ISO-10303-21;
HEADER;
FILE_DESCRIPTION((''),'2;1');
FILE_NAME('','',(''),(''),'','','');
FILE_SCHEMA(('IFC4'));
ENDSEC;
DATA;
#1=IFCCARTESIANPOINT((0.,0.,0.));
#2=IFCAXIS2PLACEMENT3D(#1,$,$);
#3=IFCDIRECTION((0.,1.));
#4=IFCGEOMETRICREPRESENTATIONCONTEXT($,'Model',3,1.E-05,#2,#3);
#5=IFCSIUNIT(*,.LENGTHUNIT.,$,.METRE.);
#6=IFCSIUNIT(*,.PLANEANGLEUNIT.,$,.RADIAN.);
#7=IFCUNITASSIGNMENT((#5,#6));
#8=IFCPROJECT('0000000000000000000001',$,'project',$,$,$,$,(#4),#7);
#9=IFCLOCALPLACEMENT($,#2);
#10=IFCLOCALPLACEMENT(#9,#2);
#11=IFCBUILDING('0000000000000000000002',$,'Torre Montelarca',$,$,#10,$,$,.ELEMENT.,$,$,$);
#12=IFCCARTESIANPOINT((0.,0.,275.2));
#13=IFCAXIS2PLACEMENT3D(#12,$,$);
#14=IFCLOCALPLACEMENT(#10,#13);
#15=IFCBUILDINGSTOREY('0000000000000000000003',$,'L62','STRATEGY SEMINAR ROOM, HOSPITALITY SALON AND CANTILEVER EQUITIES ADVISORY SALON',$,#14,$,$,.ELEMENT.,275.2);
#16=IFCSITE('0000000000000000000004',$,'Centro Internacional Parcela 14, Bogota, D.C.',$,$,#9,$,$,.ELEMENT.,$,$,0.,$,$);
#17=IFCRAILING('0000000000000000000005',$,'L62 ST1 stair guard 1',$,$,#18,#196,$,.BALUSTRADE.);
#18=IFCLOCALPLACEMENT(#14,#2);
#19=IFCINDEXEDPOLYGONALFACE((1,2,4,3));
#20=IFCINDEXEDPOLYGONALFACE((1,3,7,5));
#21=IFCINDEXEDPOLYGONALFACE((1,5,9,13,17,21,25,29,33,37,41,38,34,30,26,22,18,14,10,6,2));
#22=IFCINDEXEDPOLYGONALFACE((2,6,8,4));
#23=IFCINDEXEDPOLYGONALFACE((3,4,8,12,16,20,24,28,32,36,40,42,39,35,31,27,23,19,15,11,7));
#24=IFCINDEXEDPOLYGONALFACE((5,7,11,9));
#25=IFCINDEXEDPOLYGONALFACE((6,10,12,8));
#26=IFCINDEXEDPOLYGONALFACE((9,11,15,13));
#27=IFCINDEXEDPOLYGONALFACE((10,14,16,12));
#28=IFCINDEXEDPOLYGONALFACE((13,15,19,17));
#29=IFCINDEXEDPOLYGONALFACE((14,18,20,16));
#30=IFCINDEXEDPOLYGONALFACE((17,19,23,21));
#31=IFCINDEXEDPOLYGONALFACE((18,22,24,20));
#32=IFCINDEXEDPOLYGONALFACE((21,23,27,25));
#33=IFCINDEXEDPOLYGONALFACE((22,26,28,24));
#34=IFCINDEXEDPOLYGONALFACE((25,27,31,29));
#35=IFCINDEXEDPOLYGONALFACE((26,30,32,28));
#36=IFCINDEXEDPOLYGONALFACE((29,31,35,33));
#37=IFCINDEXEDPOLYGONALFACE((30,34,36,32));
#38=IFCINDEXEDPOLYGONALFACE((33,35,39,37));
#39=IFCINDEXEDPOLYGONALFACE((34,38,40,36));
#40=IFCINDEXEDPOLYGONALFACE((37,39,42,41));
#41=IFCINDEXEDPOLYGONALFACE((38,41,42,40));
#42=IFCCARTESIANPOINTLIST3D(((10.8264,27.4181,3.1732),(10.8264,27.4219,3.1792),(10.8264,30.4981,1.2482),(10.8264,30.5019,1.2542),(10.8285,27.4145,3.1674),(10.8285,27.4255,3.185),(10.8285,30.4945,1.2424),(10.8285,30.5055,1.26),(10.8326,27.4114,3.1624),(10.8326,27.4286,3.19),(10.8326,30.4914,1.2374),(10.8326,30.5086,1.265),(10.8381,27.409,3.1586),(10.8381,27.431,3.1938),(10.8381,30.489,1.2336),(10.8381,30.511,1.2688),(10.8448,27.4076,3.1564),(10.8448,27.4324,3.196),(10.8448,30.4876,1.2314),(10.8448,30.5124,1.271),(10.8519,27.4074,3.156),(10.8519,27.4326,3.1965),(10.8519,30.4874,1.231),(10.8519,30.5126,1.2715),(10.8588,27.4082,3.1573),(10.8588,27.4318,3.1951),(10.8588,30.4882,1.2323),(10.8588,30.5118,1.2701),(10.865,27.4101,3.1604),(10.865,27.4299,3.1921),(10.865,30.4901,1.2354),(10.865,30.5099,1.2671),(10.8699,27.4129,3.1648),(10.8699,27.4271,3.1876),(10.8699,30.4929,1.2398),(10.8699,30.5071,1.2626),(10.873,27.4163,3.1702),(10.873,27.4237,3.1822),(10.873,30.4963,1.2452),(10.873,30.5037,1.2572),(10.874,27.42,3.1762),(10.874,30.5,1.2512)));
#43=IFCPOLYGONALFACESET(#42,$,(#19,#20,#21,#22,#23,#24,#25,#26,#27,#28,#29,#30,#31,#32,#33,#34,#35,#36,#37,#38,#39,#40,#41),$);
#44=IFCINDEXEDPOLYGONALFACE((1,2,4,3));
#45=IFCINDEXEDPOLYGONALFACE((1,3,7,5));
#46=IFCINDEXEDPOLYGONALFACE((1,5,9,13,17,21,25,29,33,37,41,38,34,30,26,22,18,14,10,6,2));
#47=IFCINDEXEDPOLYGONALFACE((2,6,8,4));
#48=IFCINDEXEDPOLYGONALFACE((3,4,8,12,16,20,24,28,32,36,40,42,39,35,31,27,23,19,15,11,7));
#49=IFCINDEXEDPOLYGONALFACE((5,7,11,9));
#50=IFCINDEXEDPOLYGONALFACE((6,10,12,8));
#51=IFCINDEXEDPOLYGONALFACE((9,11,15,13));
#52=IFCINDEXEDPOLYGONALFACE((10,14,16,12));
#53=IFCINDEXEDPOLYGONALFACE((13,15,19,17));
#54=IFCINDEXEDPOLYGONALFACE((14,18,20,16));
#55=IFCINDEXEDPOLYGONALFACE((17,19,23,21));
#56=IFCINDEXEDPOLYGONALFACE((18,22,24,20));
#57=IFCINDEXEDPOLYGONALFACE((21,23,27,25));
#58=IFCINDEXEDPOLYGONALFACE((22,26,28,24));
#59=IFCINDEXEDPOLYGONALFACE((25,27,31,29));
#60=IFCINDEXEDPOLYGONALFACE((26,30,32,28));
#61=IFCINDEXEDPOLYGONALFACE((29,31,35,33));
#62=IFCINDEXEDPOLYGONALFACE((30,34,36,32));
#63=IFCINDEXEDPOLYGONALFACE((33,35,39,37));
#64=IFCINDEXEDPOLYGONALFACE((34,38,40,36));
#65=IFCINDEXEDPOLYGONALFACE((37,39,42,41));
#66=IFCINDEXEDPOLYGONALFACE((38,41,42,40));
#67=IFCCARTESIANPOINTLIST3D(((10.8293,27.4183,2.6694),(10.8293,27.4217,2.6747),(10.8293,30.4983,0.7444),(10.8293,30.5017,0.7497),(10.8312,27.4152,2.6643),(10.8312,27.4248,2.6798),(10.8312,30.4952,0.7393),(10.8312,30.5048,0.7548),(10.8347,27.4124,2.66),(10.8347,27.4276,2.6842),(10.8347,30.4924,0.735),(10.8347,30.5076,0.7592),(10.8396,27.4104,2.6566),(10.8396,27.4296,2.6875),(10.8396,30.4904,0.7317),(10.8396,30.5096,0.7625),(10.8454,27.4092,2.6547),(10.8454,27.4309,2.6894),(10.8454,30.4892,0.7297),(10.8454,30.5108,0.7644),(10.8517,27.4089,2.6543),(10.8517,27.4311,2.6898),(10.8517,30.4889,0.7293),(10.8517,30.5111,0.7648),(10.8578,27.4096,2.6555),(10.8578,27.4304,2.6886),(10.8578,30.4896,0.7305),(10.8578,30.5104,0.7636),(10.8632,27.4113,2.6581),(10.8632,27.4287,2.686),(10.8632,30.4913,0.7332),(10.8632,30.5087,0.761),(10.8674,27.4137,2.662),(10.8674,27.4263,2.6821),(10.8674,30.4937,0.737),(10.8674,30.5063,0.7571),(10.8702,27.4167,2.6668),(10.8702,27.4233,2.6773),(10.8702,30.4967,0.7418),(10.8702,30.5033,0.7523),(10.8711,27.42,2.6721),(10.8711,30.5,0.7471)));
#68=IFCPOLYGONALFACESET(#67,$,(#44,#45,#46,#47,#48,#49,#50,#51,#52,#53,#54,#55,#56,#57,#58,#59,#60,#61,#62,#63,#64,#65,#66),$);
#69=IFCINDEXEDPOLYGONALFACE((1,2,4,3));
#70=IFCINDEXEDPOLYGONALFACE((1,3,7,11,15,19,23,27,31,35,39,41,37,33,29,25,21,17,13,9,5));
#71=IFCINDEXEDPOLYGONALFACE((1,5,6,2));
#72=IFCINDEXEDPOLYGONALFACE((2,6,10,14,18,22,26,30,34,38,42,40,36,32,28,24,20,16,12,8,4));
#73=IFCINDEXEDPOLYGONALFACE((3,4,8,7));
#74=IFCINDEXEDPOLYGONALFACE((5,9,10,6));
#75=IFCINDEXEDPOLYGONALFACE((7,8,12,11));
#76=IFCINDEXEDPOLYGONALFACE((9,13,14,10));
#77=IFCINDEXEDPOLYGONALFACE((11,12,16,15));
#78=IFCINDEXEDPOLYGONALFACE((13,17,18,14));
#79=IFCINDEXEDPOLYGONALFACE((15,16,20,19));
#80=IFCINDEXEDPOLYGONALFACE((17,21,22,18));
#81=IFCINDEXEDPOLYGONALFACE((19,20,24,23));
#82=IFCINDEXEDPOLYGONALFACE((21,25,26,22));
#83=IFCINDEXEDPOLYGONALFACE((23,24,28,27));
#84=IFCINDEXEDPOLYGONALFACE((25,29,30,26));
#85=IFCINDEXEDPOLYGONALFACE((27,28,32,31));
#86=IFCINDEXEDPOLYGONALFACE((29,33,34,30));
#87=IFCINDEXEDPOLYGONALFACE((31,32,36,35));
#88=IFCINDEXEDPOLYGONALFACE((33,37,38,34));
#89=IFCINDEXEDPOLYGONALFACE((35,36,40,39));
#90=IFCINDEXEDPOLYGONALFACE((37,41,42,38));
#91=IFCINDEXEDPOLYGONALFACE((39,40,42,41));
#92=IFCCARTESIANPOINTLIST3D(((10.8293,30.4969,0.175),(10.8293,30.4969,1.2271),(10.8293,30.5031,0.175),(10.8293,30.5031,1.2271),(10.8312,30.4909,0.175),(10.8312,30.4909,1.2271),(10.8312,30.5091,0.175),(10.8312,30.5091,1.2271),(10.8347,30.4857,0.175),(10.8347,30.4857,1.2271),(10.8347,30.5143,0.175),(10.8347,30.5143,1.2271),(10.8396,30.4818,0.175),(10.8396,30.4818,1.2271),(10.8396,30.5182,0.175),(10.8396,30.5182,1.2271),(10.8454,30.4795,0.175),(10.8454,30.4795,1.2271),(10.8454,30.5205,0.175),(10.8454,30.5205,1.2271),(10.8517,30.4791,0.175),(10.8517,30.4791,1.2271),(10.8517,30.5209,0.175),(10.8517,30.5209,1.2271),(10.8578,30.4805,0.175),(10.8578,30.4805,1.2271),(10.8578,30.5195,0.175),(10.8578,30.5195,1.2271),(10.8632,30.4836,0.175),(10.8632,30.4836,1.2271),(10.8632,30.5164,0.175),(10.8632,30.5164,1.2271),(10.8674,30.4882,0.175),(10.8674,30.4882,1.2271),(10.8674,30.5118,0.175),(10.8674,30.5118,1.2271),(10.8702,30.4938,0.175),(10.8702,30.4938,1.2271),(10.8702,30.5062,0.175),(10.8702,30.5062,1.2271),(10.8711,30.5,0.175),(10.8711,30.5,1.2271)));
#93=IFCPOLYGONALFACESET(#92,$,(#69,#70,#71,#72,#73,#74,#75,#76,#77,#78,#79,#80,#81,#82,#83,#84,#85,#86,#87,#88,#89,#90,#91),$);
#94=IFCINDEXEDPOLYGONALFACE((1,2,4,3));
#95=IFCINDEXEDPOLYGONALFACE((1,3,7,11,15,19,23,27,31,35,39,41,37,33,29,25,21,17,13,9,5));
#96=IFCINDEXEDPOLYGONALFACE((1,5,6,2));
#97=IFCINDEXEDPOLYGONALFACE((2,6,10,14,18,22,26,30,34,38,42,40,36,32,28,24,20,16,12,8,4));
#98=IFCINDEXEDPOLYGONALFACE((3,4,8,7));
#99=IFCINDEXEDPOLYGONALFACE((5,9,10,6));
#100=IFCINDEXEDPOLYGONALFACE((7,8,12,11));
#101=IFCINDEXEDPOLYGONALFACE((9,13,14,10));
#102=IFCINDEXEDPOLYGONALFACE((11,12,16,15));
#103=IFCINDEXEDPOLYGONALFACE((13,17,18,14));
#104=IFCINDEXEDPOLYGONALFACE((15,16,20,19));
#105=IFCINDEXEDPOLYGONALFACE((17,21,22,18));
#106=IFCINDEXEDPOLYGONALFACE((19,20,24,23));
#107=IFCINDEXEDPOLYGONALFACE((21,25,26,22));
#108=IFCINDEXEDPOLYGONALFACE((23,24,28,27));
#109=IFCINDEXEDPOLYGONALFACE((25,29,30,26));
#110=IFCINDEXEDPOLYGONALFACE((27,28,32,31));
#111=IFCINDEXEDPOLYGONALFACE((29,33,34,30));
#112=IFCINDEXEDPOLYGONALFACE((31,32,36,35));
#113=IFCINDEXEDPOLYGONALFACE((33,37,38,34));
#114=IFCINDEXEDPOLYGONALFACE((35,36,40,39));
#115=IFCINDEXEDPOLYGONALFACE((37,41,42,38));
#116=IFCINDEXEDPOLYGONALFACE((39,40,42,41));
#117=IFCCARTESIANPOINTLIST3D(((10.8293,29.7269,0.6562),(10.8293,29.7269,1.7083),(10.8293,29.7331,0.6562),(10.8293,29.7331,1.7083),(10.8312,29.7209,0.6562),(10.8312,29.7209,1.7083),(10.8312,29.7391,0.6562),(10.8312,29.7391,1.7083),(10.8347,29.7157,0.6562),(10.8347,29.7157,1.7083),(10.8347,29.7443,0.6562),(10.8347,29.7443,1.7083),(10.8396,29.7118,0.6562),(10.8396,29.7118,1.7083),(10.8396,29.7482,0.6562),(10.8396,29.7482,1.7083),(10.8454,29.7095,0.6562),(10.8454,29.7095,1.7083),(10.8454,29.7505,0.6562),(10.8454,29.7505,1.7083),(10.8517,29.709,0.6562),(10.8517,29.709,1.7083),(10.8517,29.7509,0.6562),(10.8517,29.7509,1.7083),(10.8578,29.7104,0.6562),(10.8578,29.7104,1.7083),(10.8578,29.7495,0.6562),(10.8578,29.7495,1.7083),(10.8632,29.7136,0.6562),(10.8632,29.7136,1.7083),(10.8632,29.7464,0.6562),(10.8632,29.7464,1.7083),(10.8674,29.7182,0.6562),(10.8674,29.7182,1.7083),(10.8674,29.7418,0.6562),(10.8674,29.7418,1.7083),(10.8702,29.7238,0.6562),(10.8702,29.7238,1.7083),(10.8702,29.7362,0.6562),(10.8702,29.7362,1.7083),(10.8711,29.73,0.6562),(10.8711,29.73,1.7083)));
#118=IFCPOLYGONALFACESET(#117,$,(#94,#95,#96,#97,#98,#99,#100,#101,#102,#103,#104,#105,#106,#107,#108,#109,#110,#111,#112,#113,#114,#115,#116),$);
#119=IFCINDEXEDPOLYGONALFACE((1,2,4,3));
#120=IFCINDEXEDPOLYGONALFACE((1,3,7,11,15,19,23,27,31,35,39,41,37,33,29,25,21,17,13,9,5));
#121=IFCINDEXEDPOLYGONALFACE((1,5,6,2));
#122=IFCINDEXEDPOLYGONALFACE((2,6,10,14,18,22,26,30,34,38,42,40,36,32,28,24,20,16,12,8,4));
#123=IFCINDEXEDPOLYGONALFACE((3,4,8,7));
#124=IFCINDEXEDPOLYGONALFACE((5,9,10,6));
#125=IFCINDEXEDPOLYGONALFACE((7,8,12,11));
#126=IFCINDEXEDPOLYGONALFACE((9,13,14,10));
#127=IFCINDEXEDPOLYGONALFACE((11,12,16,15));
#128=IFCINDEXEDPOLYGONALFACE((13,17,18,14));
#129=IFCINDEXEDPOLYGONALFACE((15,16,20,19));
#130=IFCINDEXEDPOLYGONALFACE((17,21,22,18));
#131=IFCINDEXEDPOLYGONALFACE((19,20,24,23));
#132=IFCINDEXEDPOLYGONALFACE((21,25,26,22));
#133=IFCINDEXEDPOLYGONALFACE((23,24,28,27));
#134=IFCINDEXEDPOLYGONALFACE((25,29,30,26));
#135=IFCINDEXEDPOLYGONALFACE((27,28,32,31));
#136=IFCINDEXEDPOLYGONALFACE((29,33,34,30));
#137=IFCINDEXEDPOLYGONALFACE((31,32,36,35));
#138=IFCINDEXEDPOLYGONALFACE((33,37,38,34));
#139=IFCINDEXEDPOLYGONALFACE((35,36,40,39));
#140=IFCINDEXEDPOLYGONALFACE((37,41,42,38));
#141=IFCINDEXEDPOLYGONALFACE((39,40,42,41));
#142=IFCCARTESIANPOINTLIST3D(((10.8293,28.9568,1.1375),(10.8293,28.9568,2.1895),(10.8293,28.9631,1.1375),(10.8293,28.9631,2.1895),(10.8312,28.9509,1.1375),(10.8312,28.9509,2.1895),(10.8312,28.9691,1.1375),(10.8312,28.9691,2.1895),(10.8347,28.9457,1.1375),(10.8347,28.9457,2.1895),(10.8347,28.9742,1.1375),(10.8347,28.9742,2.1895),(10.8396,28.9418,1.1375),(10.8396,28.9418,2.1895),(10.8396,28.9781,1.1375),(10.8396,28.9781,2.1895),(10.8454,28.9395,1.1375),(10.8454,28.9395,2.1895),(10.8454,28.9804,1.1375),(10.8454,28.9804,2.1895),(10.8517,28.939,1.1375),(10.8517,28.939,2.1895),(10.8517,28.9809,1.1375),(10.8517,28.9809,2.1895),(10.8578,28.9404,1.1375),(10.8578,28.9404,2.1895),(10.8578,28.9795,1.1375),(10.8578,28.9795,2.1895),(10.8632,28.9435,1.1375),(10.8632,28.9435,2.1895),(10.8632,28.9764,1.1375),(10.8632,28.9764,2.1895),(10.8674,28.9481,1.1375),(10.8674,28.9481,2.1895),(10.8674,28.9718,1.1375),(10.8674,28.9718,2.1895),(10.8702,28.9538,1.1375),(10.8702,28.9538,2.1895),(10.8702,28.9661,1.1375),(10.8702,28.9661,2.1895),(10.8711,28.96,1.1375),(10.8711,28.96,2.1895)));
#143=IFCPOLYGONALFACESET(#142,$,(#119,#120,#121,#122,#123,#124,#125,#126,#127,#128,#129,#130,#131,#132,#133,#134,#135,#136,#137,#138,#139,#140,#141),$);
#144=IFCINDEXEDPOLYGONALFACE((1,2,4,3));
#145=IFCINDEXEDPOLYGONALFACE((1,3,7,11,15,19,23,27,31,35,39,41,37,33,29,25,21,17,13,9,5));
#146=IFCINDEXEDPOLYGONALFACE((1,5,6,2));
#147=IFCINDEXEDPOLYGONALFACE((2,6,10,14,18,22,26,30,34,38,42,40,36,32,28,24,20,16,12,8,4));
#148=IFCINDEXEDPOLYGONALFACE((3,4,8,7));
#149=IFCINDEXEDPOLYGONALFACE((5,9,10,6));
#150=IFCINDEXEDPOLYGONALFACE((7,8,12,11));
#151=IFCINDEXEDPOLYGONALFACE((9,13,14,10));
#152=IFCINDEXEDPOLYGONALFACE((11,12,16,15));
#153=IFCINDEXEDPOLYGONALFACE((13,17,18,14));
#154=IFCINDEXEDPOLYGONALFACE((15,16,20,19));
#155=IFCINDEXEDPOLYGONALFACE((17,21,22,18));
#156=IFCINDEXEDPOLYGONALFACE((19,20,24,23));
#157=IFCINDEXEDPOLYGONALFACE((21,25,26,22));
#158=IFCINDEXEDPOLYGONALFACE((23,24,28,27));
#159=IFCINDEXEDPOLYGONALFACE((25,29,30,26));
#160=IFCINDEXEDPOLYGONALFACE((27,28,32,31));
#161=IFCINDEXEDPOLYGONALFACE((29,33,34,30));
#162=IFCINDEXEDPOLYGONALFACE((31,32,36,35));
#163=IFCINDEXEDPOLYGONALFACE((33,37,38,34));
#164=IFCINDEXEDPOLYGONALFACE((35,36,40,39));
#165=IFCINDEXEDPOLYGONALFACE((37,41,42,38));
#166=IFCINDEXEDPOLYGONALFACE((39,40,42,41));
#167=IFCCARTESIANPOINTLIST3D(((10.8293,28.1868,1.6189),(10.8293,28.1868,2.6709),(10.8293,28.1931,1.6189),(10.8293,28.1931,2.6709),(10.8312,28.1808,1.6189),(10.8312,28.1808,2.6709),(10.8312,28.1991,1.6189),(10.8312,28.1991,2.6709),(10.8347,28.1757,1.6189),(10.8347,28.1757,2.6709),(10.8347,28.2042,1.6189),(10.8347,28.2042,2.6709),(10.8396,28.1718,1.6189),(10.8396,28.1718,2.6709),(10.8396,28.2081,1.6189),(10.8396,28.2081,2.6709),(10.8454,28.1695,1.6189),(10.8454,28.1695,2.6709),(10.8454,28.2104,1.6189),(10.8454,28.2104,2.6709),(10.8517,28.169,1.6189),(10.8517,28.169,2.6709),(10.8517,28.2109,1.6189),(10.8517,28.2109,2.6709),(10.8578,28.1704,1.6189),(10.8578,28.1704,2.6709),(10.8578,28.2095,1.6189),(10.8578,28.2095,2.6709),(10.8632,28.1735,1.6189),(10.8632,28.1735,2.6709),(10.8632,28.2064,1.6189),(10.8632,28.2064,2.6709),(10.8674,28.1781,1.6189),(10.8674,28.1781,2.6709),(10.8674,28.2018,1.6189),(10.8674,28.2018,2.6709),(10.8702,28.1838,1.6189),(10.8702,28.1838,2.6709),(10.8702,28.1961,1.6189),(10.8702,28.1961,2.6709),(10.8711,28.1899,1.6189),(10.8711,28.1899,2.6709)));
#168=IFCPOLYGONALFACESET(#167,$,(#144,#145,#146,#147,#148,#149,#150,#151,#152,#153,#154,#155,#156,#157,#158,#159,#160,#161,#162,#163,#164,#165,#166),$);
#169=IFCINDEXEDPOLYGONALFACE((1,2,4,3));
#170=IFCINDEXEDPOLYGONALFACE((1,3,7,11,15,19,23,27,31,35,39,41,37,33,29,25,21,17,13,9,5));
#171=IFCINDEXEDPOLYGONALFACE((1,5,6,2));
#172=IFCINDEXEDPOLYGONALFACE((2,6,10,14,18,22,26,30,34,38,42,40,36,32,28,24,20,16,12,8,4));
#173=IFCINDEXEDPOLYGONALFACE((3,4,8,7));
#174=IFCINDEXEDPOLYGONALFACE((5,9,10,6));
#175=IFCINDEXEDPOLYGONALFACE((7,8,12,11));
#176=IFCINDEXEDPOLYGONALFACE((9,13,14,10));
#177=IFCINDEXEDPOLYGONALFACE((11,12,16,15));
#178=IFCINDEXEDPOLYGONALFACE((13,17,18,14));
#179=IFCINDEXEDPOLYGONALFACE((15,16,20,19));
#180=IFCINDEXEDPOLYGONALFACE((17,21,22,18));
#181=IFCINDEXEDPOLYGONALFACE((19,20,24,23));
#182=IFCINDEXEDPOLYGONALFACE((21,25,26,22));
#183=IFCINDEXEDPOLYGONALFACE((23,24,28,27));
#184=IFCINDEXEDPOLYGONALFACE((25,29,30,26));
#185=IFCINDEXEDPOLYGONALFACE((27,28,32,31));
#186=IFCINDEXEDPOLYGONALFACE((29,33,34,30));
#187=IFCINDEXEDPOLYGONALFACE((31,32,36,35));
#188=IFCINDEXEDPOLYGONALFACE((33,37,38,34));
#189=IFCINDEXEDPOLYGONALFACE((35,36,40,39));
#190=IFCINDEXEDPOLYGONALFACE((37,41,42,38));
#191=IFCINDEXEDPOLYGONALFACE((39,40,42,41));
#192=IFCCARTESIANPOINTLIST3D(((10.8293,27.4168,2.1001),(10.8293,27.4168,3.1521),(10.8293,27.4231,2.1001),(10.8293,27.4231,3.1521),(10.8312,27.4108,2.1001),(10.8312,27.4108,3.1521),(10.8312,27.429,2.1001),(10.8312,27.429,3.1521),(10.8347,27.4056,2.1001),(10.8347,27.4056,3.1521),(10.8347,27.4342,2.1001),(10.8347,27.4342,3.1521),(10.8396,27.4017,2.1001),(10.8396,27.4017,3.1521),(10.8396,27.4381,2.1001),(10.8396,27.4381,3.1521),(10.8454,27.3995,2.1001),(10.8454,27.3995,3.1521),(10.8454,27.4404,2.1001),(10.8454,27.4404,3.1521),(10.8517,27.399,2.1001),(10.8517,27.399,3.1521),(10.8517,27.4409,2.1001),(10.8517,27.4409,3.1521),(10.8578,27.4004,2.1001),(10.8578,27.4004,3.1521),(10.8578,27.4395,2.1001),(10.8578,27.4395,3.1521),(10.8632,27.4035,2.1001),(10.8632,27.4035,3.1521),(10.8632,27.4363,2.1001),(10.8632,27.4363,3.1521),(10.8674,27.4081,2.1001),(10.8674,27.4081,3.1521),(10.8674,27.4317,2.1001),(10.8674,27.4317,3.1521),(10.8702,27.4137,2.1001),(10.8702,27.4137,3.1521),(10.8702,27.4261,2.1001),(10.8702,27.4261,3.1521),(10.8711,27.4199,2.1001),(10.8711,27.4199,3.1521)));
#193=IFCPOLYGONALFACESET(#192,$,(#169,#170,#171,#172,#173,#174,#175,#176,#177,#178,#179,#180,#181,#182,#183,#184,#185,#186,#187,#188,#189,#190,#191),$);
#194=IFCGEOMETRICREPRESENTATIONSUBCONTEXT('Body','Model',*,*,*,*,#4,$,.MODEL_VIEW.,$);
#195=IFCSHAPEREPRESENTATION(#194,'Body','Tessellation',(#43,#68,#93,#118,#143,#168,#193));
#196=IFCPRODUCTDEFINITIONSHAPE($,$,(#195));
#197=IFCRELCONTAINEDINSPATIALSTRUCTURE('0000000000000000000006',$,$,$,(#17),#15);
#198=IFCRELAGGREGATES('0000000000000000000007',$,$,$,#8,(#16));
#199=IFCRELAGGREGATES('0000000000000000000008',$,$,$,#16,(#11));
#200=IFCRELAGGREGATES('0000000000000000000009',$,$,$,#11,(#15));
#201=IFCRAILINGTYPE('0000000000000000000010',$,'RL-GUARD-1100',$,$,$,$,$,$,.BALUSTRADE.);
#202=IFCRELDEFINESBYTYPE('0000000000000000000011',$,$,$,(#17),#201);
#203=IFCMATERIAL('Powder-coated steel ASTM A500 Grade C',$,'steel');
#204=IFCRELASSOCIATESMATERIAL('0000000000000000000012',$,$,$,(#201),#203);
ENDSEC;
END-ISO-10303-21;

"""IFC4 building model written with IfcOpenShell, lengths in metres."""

from ifc_helpers import new_model, si_unit, direction, frame, origin, origin_2d, place, context, subcontext, project, spatial, circle, extrude, material, type_object, element, save


model = new_model("IFC4")

# Units and contexts
model_context = context("Model", 3, precision=1e-05, world=origin(), true_north=direction((0.0, 1.0)))
body_context = subcontext(model_context, "Body", "Model", "MODEL_VIEW")
ifc_project = project(units=[si_unit("LENGTHUNIT", "METRE"), si_unit("PLANEANGLEUNIT", "RADIAN")], contexts=[model_context])

# Site, building, storey
site_placement = place(None, origin())
site = spatial("IfcSite", under=ifc_project, at=site_placement, Name="Centro Internacional Parcela 14, Bogota, D.C.", CompositionType="ELEMENT", RefElevation=0.0)
building_placement = place(site_placement, origin())
building = spatial("IfcBuilding", under=site, at=building_placement, Name="Torre Montelarca", CompositionType="ELEMENT")
storey_placement = place(building_placement, frame((0.0, 0.0, 275.2)))
storey = spatial("IfcBuildingStorey", under=building, at=storey_placement, Name="L62", Description="STRATEGY SEMINAR ROOM, HOSPITALITY SALON AND CANTILEVER EQUITIES ADVISORY SALON", CompositionType="ELEMENT", Elevation=275.2)

# Railing
ifc_material_1 = material(Name="Powder-coated steel ASTM A500 Grade C", Category="steel")
railing_type_1 = type_object("IfcRailingType", Name="RL-GUARD-1100", PredefinedType="BALUSTRADE", material=ifc_material_1)
railing_1_placement = place(storey_placement, frame((10.8501, 30.5, 0.175)))
element("IfcRailing", 1, at=railing_1_placement, inside=storey, type_object=railing_type_1, Name="L62 ST1 stair guard 1", PredefinedType="BALUSTRADE", context=body_context, shape_type="SweptSolid", body=[
    extrude(circle(Radius=0.0239, at=origin_2d()), frame((0.0, 0.0, 1.0762), z_axis=(0.0, -0.847998, 0.529999), x_axis=(1.0, 0.0, 0.0)), (0.0, 0.0, 1.0), 3.6321),
    extrude(circle(Radius=0.021, at=origin_2d()), frame((0.0, 0.0, 0.572), z_axis=(0.0, -0.847998, 0.529999), x_axis=(1.0, 0.0, 0.0)), (0.0, 0.0, 1.0), 3.6321),
    extrude(circle(Radius=0.021, at=origin_2d()), origin(), (0.0, 0.0, 1.0), 1.052),
    extrude(circle(Radius=0.021, at=origin_2d()), frame((0.0, -0.77, 0.4812)), (0.0, 0.0, 1.0), 1.052),
    extrude(circle(Radius=0.021, at=origin_2d()), frame((0.0, -1.54, 0.9624)), (0.0, 0.0, 1.0), 1.052),
    extrude(circle(Radius=0.021, at=origin_2d()), frame((0.0, -2.3101, 1.4438)), (0.0, 0.0, 1.0), 1.052),
    extrude(circle(Radius=0.021, at=origin_2d()), frame((0.0, -3.0801, 1.925)), (0.0, 0.0, 1.0), 1.052),
])

save(model, "model.ifc")
